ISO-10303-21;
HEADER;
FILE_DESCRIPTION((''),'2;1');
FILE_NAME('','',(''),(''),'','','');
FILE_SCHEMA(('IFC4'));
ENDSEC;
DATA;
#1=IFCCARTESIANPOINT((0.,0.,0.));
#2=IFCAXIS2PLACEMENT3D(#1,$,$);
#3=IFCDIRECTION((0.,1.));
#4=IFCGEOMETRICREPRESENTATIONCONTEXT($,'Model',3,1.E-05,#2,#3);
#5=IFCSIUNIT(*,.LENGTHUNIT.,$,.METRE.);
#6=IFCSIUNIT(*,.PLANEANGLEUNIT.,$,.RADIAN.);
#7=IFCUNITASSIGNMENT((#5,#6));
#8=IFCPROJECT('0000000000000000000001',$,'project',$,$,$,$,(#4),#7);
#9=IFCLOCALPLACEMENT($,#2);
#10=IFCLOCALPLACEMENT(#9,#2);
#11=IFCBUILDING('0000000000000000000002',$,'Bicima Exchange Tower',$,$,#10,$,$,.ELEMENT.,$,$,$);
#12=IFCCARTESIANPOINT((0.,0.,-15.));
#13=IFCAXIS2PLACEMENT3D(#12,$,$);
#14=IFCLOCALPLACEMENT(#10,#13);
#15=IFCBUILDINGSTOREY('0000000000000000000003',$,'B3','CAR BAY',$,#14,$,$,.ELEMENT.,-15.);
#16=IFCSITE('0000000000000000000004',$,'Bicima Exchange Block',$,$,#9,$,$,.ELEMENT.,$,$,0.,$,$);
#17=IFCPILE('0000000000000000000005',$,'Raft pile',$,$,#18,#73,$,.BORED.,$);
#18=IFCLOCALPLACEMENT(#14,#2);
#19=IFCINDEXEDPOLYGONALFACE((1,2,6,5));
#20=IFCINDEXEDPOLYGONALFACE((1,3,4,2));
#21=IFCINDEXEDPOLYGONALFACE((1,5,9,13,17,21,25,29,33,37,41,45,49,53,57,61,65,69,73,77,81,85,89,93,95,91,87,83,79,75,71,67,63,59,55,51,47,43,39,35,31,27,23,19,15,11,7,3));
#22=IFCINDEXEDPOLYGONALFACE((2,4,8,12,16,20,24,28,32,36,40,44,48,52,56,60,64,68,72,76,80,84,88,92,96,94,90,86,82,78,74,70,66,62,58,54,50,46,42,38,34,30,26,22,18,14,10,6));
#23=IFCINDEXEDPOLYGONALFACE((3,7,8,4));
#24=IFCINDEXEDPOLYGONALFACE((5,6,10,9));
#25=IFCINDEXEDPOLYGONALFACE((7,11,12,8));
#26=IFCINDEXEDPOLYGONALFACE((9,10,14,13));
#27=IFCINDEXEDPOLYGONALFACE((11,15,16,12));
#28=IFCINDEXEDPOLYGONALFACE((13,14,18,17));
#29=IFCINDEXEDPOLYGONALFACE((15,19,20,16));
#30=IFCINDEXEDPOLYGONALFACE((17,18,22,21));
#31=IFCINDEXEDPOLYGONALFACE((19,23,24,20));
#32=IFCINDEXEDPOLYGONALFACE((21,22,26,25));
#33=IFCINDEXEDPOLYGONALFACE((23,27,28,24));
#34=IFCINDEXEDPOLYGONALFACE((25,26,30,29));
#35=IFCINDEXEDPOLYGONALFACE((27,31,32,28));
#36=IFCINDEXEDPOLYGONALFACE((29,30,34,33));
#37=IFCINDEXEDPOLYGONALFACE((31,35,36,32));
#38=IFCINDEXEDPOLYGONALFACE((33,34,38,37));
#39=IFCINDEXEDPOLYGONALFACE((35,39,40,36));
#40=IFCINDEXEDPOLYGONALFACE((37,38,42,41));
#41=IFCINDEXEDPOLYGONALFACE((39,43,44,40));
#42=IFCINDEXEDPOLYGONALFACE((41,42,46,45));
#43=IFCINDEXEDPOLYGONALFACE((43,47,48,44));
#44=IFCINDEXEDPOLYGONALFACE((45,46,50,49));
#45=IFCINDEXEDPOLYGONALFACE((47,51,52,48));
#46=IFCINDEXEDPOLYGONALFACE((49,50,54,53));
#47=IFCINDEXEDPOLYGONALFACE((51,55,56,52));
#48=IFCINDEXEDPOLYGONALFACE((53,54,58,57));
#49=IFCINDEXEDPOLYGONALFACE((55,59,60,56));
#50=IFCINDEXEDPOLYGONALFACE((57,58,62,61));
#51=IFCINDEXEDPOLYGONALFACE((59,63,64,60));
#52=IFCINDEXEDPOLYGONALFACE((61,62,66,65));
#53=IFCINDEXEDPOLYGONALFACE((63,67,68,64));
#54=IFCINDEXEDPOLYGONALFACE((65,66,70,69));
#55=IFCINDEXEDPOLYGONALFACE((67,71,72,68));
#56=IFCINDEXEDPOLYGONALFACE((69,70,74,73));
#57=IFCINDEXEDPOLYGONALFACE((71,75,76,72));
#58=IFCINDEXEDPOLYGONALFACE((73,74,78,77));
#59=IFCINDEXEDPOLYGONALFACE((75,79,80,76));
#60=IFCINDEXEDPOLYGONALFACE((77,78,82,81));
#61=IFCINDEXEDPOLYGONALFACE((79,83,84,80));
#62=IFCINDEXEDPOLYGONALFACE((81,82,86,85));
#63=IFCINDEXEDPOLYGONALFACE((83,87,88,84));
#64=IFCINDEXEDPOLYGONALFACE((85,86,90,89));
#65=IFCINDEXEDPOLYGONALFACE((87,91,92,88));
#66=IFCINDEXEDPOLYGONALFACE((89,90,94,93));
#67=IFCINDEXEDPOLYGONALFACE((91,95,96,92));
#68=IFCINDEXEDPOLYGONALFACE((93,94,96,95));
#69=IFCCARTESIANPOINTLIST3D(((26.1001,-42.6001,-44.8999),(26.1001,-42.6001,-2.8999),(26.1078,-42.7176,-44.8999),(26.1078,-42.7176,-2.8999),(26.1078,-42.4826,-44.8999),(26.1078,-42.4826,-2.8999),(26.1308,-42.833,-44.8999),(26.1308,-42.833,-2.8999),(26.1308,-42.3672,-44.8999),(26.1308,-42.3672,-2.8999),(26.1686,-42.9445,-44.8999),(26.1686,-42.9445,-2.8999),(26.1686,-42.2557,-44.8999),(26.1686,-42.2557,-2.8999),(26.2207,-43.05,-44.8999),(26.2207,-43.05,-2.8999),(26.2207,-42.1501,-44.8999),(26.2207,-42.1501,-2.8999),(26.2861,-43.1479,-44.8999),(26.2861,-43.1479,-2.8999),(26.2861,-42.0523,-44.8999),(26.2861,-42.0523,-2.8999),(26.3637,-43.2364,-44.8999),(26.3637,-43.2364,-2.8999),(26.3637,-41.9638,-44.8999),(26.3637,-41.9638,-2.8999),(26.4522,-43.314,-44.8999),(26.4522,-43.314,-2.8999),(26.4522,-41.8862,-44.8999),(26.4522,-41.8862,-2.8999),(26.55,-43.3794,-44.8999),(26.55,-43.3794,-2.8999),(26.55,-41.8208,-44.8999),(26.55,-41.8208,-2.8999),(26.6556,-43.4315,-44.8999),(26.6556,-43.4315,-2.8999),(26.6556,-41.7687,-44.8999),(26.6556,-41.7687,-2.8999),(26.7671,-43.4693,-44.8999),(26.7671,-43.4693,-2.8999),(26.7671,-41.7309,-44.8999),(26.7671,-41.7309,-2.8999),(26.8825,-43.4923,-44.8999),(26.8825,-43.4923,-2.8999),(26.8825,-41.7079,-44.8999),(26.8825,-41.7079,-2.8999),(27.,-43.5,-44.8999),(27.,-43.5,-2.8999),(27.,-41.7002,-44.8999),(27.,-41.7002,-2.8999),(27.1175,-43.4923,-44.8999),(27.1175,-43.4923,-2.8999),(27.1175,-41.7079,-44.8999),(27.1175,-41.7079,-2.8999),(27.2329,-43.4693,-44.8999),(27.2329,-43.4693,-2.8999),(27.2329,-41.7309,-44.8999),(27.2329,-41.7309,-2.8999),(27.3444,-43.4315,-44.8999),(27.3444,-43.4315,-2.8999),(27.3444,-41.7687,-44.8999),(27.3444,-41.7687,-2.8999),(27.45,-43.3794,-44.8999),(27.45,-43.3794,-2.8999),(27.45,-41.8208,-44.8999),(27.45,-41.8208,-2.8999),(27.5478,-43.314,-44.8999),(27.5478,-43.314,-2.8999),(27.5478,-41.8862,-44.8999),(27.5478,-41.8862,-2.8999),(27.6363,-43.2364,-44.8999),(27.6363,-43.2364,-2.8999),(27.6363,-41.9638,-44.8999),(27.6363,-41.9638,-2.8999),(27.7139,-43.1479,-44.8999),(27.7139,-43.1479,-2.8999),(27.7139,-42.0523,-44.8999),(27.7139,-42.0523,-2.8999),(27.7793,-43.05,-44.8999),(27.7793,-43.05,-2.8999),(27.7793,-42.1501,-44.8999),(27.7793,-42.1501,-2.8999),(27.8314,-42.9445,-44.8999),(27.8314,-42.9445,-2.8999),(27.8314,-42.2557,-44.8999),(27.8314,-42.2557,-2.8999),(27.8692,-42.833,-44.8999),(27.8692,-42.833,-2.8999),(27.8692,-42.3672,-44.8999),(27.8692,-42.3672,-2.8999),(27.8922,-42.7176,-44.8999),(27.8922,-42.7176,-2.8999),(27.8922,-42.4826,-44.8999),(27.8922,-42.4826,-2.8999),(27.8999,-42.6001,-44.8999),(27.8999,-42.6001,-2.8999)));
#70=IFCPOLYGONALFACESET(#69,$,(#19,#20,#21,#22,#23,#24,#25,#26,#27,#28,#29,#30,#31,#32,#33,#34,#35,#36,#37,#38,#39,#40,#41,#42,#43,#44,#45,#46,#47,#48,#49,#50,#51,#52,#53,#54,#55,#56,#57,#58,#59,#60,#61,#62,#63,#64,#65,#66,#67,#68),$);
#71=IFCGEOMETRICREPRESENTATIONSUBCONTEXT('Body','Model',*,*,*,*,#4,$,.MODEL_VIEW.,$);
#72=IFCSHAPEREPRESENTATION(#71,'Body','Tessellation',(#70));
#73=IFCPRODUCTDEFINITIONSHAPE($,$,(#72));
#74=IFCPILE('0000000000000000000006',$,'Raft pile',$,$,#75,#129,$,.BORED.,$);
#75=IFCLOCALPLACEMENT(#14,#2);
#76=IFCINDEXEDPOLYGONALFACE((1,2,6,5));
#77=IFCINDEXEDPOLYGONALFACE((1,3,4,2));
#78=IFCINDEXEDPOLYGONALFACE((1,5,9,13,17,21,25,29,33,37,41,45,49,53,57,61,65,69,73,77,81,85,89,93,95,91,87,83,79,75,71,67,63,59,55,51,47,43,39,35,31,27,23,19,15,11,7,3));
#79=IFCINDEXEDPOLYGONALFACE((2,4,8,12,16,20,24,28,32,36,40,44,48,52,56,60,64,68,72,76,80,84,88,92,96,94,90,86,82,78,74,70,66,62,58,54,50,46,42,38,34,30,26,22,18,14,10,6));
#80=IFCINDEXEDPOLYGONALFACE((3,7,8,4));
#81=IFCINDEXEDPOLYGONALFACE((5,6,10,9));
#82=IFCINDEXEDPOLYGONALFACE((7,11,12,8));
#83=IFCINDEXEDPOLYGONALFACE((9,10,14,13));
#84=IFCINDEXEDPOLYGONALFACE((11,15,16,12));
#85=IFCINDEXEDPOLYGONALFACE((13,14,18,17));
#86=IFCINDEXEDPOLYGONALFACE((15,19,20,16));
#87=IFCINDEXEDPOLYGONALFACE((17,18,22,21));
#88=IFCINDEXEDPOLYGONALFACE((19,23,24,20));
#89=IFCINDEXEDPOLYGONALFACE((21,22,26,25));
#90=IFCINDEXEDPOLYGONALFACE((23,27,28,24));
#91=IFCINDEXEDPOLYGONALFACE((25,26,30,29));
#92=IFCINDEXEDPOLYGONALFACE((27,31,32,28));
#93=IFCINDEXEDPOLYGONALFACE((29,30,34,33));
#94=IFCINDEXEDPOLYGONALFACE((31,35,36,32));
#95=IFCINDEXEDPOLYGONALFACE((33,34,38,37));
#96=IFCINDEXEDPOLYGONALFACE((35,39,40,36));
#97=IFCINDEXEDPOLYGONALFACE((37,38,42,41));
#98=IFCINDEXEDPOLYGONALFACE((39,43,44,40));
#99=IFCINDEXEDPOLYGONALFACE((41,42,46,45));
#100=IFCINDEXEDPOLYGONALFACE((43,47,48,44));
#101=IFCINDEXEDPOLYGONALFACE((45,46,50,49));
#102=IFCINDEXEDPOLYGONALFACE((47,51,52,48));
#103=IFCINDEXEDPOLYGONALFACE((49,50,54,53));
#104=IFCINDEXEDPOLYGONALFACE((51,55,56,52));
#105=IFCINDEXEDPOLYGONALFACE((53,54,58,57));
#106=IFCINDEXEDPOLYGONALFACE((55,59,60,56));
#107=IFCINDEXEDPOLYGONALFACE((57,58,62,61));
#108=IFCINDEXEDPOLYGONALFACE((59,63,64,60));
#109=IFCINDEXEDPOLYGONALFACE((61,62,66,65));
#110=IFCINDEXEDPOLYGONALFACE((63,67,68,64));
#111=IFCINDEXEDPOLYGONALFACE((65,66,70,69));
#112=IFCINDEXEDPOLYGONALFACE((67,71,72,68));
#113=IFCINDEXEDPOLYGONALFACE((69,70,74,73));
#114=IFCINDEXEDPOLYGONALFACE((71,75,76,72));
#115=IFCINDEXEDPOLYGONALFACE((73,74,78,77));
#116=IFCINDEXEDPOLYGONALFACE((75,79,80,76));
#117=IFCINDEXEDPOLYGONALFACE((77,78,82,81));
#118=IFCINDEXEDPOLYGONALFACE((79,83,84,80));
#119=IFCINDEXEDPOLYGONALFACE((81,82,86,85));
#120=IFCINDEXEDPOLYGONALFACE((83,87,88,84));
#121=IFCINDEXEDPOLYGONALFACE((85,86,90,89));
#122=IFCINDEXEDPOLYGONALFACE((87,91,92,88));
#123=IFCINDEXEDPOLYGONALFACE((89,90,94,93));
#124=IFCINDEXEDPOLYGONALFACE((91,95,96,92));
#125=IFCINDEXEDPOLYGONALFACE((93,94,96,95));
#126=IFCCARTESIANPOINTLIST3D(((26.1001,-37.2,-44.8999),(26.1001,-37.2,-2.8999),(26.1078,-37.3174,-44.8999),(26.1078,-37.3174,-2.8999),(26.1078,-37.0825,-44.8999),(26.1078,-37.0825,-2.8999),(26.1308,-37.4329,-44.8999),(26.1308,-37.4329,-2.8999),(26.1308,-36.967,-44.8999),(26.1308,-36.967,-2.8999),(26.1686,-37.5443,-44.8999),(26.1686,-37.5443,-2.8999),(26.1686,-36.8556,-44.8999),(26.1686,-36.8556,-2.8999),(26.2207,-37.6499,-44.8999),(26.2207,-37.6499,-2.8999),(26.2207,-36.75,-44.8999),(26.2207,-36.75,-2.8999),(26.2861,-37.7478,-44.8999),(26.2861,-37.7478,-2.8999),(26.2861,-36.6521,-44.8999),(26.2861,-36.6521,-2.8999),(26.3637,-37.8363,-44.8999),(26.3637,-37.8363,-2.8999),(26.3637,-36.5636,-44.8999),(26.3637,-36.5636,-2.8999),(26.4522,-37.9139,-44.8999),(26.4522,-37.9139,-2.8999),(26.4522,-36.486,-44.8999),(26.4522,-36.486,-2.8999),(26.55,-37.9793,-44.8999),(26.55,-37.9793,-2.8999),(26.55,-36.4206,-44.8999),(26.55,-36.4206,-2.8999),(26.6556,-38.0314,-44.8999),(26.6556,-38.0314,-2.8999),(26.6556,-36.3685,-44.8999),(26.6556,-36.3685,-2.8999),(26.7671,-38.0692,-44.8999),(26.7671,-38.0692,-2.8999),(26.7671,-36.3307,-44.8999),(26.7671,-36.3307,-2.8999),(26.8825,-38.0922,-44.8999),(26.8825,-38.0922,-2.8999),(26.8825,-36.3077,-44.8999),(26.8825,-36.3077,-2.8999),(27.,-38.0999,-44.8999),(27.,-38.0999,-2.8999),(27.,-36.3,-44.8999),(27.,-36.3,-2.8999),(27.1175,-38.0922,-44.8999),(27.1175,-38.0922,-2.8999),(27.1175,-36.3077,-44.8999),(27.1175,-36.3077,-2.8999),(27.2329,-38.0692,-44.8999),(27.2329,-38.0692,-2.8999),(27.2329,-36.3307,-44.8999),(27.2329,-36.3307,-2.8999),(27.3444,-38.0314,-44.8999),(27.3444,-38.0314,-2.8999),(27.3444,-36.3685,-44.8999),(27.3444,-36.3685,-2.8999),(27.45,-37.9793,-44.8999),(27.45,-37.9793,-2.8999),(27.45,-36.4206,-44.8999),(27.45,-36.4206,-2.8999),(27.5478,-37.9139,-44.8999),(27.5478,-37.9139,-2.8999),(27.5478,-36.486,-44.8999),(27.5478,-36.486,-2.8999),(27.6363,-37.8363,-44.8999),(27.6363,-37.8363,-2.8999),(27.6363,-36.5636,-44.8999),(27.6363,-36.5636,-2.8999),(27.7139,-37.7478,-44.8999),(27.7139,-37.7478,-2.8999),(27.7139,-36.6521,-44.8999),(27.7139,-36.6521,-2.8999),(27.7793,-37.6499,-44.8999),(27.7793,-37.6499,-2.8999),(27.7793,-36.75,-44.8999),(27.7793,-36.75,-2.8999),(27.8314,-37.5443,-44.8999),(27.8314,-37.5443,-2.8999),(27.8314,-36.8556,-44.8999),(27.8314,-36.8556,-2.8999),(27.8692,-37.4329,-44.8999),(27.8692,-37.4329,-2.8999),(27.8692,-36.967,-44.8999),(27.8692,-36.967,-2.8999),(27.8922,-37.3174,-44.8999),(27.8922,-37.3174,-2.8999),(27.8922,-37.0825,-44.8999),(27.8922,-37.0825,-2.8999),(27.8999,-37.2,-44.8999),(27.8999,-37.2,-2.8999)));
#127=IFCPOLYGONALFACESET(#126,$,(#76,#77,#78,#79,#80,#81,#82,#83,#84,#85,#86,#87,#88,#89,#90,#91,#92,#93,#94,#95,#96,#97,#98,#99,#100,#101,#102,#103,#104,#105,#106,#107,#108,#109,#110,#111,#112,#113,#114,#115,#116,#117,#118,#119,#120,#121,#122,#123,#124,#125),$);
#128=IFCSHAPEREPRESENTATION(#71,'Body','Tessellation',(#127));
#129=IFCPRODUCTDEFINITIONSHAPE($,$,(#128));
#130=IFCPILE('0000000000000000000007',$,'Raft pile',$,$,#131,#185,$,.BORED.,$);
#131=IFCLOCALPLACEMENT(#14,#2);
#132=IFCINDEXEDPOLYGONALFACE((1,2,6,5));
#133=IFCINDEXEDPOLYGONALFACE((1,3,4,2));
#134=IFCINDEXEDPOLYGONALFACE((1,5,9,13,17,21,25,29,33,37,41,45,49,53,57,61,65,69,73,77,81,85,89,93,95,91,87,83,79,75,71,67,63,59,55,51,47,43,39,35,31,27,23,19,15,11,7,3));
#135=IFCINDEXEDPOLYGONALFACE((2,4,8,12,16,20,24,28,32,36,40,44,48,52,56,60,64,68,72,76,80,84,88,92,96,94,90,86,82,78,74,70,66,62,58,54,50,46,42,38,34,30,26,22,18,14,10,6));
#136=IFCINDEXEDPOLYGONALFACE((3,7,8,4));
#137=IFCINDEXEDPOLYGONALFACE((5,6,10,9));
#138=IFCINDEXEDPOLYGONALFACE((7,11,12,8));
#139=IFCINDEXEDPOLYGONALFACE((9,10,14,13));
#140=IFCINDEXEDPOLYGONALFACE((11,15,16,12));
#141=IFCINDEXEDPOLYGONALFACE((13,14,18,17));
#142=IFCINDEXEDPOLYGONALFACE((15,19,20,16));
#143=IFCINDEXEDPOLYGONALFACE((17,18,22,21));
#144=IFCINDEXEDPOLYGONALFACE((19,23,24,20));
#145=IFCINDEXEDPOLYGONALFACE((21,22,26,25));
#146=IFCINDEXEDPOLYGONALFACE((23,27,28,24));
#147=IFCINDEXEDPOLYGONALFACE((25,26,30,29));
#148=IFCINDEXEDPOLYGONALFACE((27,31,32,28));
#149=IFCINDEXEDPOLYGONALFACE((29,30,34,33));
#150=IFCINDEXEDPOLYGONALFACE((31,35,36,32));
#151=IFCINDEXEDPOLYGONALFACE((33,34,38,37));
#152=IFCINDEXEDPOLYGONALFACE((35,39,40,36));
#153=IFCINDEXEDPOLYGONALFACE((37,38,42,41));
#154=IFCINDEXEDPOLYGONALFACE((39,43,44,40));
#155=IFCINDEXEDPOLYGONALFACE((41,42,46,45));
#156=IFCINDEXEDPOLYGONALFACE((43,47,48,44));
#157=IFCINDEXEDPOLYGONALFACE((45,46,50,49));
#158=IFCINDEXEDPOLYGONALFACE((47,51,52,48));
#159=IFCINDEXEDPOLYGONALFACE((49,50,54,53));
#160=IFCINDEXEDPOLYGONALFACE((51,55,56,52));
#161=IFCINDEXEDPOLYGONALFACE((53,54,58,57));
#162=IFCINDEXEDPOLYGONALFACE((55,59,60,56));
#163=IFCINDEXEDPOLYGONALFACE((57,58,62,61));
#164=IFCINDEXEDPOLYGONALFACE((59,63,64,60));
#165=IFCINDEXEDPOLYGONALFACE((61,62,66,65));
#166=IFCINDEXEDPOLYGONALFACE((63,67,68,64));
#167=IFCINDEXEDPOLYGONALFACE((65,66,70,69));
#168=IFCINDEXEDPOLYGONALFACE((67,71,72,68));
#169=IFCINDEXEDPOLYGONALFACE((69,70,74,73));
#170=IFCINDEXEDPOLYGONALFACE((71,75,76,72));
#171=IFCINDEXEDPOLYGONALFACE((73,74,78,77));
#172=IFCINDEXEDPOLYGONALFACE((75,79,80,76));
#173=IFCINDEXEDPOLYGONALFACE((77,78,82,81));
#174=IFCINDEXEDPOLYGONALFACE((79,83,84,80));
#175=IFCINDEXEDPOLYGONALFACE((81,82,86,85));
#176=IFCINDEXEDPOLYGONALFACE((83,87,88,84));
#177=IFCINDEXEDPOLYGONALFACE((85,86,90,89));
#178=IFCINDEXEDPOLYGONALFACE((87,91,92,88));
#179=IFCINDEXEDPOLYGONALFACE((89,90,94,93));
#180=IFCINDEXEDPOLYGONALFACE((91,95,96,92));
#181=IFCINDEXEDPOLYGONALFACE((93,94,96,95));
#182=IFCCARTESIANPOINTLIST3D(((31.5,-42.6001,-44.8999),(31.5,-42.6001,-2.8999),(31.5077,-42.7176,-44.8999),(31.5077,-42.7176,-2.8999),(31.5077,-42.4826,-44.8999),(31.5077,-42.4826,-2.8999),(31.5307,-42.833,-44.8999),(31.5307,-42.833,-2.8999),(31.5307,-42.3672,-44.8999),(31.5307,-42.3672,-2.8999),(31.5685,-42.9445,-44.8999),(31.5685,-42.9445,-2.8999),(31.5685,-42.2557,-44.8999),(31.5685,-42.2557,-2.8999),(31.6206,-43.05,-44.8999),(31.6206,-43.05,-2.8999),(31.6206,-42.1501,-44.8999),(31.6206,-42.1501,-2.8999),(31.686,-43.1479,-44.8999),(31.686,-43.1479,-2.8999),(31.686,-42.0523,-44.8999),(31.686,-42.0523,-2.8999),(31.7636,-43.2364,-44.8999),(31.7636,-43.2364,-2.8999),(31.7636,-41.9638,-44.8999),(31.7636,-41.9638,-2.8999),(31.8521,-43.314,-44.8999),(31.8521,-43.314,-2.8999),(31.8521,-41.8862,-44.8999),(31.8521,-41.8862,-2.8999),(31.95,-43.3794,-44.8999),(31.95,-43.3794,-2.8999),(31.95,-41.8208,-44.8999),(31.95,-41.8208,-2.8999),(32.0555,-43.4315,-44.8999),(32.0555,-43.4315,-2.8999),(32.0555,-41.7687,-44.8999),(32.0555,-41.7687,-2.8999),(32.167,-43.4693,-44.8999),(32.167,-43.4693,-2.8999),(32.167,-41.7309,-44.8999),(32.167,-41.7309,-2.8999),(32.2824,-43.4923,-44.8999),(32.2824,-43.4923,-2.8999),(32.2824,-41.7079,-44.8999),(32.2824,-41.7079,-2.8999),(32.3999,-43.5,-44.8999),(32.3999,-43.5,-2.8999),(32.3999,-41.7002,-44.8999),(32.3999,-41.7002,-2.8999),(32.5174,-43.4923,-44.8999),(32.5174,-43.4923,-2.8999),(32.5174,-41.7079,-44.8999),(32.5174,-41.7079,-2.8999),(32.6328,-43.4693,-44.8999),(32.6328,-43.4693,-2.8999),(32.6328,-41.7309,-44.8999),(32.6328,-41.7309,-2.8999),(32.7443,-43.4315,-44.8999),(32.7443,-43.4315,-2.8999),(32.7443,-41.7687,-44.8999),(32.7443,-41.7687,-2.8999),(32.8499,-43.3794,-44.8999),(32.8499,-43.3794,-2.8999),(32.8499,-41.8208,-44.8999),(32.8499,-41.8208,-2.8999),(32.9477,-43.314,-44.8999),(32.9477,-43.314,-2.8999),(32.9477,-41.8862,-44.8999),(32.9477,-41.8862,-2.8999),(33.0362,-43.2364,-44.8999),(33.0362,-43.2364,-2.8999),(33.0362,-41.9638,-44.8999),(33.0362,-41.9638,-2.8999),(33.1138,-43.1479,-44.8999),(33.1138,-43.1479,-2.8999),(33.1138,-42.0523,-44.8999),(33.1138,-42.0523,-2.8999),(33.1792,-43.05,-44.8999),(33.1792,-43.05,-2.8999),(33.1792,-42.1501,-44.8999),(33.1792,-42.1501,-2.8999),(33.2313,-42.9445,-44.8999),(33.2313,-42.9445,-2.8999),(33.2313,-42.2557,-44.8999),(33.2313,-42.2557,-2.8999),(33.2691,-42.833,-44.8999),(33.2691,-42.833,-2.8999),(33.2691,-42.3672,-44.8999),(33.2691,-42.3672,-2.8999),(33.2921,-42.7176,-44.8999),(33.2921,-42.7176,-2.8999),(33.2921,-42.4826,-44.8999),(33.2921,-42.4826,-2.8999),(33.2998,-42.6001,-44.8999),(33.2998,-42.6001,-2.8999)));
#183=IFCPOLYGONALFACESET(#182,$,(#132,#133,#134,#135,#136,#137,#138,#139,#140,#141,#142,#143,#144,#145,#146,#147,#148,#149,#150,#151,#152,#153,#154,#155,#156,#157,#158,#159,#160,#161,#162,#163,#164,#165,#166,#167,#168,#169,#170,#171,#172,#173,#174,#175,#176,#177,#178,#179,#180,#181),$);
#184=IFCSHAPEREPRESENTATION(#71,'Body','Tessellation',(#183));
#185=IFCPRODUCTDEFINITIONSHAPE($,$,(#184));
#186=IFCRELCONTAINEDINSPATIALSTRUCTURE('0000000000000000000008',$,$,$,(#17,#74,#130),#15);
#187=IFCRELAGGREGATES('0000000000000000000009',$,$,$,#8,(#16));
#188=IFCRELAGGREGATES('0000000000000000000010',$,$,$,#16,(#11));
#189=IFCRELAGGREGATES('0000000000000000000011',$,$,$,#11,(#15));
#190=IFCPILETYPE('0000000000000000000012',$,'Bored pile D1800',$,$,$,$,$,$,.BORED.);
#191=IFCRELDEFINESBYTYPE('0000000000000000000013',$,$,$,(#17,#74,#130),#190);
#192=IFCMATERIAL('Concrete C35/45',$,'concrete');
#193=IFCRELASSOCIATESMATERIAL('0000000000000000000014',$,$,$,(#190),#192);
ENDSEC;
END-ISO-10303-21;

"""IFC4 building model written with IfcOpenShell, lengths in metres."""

from ifc_helpers import new_model, si_unit, direction, frame, origin, origin_2d, place, context, subcontext, project, spatial, circle, extrude, material, material_profile, profile_set, type_object, element, save


model = new_model("IFC4")

# Units and contexts
model_context = context("Model", 3, precision=1e-05, world=origin(), true_north=direction((0.0, 1.0)))
body_context = subcontext(model_context, "Body", "Model", "MODEL_VIEW")
ifc_project = project(units=[si_unit("LENGTHUNIT", "METRE"), si_unit("PLANEANGLEUNIT", "RADIAN")], contexts=[model_context])

# Site, building, storey
site_placement = place(None, origin())
site = spatial("IfcSite", under=ifc_project, at=site_placement, Name="Bicima Exchange Block", CompositionType="ELEMENT", RefElevation=0.0)
building_placement = place(site_placement, origin())
building = spatial("IfcBuilding", under=site, at=building_placement, Name="Bicima Exchange Tower", CompositionType="ELEMENT")
storey_placement = place(building_placement, frame((0.0, 0.0, -15.0)))
storey = spatial("IfcBuildingStorey", under=building, at=storey_placement, Name="B3", Description="CAR BAY", CompositionType="ELEMENT", Elevation=-15.0)

# Piles
ifc_material_1 = material(Name="Concrete C35/45", Category="concrete")
ifc_material_profile_1 = material_profile(ifc_material_1, circle(Radius=0.8999, at=origin_2d()))
ifc_profile_set_1 = profile_set([ifc_material_profile_1], Name="Concrete C35/45")
pile_type = type_object("IfcPileType", Name="Bored pile D1800", PredefinedType="BORED", material=ifc_profile_set_1)
for number, where, z_axis, x_axis, name in (
    (1, (27.0, -42.6001, -2.8999), (0.0, 0.0, -1.0), (1.0, 0.0, 0.0), "Raft pile"),
    (2, (27.0, -37.2, -2.8999), (0.0, 0.0, -1.0), (1.0, 0.0, 0.0), "Raft pile"),
    (3, (32.3999, -42.6001, -2.8999), (0.0, 0.0, -1.0), (1.0, 0.0, 0.0), "Raft pile"),
):
    element("IfcPile", number, at=place(storey_placement, frame(where, z_axis=z_axis, x_axis=x_axis)), inside=storey, type_object=pile_type, Name=name, PredefinedType="BORED", context=body_context, shape_type="SweptSolid", body=[
        extrude(circle(Radius=0.8999, at=origin_2d()), origin(), (0.0, 0.0, 1.0), 42.0),
    ])

save(model, "model.ifc")
